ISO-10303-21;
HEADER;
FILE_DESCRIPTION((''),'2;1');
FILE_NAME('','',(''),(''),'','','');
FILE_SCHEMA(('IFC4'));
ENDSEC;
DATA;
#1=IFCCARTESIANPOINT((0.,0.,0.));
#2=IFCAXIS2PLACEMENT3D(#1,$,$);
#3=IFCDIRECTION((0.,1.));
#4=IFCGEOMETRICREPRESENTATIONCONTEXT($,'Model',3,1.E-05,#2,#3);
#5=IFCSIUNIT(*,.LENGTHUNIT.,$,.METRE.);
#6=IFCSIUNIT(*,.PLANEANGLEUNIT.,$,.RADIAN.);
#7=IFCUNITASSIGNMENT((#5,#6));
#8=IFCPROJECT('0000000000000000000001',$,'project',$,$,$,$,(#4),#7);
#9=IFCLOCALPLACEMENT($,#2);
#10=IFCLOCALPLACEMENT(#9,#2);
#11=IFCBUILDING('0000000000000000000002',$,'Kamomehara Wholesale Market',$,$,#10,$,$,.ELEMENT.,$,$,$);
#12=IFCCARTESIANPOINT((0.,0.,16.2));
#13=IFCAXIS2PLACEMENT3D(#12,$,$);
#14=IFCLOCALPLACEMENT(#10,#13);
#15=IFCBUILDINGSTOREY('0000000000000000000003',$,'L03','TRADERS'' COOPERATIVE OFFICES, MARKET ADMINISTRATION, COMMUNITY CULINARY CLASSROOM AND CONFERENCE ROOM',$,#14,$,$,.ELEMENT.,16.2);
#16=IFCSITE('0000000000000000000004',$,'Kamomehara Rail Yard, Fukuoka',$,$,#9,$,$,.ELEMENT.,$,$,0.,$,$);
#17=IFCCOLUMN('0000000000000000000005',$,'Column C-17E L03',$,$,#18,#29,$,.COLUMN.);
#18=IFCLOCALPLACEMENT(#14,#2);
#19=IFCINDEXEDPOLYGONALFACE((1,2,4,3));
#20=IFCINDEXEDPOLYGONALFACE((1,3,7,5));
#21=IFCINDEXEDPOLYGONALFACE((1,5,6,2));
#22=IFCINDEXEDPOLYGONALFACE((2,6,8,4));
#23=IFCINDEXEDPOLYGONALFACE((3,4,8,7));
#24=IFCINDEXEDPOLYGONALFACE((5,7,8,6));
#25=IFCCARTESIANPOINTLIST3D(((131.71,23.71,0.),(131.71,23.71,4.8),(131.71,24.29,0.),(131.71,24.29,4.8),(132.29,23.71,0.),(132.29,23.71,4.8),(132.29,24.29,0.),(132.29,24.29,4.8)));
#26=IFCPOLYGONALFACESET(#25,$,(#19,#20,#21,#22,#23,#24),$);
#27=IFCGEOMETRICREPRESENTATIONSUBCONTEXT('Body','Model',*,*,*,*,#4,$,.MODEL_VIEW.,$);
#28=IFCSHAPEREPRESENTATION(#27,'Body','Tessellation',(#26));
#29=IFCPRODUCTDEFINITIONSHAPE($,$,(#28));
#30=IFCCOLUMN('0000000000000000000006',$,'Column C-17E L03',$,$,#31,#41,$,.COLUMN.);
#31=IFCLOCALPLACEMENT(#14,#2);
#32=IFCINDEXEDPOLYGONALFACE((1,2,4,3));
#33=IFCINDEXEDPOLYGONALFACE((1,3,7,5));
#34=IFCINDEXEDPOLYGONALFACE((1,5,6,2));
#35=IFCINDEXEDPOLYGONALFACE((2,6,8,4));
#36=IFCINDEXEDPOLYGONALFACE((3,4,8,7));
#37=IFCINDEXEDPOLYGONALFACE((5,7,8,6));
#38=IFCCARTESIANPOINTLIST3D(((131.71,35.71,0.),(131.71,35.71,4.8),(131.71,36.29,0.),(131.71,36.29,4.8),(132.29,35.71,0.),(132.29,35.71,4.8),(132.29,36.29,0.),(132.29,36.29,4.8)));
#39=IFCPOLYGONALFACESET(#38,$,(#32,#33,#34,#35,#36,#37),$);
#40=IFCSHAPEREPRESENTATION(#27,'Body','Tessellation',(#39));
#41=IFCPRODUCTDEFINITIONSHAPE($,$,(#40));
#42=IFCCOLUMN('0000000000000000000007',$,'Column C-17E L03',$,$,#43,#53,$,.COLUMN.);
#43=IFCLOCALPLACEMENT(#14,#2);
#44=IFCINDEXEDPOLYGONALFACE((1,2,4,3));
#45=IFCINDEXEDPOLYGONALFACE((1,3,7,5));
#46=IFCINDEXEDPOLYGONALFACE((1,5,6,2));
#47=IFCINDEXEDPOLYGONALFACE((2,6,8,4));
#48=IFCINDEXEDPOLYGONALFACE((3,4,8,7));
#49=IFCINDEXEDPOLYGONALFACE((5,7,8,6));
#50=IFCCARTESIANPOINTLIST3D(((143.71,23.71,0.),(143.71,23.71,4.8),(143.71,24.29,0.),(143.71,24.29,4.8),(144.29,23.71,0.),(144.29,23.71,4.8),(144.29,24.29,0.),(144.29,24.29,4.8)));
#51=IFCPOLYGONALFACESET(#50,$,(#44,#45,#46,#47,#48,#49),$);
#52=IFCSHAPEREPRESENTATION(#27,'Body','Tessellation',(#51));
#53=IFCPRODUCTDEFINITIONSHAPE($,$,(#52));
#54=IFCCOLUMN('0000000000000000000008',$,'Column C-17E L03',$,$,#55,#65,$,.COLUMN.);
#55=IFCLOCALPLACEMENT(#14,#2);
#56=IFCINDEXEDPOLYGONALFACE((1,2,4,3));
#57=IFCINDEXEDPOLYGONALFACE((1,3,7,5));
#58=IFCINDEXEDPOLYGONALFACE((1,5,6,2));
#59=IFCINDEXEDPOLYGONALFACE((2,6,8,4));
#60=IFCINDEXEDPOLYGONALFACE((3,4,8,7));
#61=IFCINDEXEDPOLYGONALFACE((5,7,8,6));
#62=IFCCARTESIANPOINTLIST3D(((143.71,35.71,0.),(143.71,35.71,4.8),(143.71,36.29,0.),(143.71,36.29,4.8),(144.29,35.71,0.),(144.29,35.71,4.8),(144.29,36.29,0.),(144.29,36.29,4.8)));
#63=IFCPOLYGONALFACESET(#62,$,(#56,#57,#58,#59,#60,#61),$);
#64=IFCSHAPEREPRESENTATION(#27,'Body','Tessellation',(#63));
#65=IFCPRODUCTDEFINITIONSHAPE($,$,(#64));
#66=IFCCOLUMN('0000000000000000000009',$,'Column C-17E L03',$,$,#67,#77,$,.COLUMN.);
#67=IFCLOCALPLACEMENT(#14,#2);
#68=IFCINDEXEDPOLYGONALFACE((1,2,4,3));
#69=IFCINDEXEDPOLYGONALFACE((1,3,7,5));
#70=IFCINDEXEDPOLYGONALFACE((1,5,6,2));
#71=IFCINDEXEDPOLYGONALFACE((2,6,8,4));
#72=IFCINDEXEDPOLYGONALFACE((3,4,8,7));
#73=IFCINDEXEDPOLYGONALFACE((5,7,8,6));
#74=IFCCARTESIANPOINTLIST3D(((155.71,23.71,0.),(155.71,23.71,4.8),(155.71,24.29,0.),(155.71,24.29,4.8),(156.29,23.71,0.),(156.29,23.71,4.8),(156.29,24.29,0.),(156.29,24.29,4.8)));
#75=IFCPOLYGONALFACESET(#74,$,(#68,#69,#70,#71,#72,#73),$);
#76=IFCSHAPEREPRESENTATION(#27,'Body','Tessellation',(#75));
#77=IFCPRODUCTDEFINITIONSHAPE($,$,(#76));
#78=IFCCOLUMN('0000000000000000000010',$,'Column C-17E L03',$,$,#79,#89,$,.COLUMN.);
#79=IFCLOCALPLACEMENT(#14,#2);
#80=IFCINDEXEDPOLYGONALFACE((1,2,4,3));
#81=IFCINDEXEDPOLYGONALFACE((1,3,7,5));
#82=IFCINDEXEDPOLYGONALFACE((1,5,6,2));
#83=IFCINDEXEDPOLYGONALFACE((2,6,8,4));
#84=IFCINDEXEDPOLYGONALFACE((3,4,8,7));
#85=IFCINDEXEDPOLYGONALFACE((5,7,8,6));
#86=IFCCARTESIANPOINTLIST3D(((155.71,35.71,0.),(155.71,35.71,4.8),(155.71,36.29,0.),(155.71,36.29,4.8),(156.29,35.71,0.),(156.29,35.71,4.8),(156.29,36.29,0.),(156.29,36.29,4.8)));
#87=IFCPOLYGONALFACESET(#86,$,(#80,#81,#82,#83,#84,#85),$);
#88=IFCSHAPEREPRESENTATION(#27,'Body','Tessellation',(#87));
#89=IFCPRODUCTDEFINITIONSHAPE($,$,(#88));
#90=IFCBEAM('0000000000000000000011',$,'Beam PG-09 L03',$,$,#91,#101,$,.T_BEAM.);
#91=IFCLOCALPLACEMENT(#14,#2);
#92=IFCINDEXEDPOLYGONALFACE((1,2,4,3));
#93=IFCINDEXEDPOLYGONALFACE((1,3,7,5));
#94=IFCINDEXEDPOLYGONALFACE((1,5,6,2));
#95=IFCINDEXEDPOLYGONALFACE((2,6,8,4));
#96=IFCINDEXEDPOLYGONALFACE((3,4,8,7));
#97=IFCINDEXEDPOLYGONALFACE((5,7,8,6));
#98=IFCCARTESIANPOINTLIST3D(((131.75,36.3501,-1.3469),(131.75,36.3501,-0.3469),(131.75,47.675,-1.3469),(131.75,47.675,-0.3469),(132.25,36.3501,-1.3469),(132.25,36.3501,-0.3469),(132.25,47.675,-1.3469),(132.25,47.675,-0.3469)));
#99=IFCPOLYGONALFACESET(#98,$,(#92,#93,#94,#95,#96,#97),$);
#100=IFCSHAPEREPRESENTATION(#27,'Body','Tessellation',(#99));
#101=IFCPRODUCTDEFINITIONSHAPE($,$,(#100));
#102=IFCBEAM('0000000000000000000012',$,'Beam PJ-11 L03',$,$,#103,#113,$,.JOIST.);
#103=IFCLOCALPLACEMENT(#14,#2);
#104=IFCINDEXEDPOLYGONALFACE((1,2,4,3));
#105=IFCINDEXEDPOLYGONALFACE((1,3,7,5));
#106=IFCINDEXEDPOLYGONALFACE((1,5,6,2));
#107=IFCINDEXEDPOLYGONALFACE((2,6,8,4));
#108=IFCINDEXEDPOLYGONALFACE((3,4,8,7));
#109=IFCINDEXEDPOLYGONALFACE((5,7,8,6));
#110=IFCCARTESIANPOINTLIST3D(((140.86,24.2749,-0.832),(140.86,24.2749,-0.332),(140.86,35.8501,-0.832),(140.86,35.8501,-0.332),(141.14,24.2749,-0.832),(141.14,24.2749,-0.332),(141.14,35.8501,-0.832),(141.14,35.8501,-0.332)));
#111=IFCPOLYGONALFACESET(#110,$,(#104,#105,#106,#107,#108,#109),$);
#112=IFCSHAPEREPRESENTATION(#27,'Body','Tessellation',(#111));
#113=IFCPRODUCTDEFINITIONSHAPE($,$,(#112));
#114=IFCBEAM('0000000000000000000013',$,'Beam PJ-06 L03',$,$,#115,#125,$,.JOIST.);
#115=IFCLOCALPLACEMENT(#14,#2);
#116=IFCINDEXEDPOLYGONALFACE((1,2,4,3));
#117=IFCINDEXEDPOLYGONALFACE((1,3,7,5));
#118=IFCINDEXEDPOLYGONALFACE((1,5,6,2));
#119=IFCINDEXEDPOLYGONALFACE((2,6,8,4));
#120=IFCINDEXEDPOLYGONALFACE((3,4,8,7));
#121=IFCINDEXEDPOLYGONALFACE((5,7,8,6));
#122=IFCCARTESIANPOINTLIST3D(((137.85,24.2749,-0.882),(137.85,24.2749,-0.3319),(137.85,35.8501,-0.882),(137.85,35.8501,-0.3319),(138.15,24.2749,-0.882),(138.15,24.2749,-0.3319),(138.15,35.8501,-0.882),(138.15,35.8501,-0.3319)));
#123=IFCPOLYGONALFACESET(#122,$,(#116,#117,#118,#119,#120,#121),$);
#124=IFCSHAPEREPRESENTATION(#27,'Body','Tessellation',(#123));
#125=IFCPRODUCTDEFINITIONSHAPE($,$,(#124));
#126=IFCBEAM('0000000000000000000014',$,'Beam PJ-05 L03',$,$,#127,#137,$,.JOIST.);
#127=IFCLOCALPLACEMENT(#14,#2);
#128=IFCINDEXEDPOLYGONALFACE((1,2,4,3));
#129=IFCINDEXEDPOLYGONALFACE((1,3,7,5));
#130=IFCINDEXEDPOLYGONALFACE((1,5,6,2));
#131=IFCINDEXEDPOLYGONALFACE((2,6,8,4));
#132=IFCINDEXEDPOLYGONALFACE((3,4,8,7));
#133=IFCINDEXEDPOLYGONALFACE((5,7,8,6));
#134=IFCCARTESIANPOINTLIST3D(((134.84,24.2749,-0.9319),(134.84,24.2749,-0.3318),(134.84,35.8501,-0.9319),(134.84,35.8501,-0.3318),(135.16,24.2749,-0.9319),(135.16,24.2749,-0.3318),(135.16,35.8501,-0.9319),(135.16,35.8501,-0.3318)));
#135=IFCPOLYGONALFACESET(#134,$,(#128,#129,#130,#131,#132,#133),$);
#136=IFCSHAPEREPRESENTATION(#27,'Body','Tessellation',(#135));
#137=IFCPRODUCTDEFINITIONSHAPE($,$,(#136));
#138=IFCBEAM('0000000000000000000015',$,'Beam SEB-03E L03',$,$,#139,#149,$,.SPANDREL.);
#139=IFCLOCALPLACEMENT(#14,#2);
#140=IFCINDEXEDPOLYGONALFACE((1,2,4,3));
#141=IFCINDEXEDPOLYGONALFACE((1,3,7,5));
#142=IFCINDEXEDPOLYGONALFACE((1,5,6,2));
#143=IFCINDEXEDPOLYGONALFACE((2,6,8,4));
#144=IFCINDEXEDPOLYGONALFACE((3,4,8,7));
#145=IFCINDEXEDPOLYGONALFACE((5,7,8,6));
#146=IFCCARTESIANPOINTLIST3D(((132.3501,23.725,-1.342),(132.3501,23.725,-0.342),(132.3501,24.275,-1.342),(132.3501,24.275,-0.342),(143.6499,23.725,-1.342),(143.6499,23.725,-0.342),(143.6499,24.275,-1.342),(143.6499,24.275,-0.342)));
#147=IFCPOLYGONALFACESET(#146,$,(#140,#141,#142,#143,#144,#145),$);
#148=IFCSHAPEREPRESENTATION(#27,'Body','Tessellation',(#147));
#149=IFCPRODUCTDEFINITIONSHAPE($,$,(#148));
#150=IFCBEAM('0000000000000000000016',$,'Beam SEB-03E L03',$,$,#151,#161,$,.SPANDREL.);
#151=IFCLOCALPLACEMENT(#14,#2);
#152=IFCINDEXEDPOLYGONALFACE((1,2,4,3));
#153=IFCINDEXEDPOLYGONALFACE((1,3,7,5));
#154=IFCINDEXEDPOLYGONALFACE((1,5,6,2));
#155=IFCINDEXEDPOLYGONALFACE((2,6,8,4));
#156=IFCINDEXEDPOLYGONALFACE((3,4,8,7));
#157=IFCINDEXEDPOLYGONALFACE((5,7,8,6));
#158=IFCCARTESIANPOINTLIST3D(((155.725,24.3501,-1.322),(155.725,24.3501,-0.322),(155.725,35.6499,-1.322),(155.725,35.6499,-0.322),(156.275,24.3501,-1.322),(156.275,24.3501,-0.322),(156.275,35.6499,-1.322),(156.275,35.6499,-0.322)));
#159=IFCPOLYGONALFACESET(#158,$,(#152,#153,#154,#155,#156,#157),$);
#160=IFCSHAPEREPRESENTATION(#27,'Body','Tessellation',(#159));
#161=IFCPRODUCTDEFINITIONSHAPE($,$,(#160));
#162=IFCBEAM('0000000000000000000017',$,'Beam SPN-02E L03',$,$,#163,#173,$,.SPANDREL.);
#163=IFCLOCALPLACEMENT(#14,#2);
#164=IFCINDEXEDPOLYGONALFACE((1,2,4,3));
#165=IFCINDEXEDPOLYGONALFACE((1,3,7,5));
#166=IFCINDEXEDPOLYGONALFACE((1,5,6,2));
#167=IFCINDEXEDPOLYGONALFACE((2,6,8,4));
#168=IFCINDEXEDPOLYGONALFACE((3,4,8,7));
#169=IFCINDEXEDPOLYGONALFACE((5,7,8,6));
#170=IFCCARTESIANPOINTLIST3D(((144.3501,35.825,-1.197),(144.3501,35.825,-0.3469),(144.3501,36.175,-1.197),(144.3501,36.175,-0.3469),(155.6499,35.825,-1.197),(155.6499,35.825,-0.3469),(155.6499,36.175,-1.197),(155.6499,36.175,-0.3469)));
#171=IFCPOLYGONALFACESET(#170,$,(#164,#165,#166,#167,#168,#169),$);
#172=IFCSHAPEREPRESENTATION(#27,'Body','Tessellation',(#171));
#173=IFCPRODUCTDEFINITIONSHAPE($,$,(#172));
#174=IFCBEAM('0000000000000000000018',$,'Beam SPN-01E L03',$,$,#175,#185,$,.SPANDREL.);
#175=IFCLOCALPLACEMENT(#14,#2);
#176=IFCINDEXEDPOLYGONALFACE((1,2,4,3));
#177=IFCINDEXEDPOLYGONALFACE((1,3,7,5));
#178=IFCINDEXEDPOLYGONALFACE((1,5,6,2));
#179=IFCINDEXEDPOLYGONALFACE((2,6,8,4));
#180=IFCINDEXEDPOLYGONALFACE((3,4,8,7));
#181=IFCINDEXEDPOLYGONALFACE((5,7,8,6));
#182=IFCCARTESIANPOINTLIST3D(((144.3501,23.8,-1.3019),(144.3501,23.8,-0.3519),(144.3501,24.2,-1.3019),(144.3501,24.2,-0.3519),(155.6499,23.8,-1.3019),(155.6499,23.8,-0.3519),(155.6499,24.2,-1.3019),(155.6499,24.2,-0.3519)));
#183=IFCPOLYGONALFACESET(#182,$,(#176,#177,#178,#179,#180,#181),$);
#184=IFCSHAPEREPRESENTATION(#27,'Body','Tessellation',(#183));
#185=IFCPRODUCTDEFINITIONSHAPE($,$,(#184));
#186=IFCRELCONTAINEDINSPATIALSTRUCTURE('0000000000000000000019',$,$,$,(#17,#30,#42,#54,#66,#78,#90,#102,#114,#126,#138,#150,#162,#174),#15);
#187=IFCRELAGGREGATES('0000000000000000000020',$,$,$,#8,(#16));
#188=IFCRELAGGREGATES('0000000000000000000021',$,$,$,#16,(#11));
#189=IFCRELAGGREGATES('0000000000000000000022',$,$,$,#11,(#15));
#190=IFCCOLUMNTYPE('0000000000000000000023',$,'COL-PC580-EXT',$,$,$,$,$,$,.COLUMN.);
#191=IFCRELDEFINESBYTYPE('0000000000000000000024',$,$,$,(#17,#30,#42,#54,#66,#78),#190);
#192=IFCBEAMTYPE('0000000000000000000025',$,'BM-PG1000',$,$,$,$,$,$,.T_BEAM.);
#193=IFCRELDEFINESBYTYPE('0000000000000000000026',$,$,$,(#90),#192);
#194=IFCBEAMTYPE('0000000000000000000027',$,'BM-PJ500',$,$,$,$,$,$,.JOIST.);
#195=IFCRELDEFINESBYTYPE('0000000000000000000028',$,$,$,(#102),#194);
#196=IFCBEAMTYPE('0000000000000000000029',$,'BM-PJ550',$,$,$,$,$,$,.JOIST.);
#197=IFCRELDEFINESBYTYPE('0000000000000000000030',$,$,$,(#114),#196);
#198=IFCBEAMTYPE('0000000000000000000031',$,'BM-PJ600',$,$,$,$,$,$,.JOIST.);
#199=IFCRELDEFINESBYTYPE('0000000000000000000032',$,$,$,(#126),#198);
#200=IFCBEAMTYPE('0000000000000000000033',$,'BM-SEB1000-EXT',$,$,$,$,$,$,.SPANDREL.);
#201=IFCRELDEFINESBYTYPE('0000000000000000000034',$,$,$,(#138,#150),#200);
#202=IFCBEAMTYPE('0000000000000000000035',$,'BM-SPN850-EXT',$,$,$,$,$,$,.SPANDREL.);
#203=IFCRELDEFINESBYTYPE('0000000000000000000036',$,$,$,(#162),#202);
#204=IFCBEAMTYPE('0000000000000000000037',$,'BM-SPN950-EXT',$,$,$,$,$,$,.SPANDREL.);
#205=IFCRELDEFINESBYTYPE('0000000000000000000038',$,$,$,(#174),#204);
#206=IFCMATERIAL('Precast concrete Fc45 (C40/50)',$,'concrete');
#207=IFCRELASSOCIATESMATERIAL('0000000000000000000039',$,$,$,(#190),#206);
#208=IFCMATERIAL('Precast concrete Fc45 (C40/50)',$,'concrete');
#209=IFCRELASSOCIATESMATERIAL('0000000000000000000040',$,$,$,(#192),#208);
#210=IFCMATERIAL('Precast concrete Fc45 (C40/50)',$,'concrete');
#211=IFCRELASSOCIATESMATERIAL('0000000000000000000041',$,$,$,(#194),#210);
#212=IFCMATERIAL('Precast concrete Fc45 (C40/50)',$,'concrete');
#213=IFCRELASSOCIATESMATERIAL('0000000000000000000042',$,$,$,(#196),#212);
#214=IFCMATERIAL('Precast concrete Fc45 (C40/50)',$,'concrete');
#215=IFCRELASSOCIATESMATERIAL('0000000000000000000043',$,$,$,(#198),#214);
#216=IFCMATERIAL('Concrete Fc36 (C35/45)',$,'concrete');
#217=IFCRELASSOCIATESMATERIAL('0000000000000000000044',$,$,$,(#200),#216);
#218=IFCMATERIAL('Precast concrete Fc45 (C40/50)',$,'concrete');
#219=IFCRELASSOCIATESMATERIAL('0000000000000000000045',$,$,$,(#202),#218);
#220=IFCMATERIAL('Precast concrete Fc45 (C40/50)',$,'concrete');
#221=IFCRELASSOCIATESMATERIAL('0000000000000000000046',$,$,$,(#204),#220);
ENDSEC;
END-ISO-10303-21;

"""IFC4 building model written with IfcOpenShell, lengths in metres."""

from ifc_helpers import new_model, si_unit, direction, frame, origin, origin_2d, place, context, subcontext, project, spatial, rectangle, extrude, material, material_profile, profile_set, type_object, element, save


model = new_model("IFC4")

# Units and contexts
model_context = context("Model", 3, precision=1e-05, world=origin(), true_north=direction((0.0, 1.0)))
body_context = subcontext(model_context, "Body", "Model", "MODEL_VIEW")
ifc_project = project(units=[si_unit("LENGTHUNIT", "METRE"), si_unit("PLANEANGLEUNIT", "RADIAN")], contexts=[model_context])

# Site, building, storey
site_placement = place(None, origin())
site = spatial("IfcSite", under=ifc_project, at=site_placement, Name="Kamomehara Rail Yard, Fukuoka", CompositionType="ELEMENT", RefElevation=0.0)
building_placement = place(site_placement, origin())
building = spatial("IfcBuilding", under=site, at=building_placement, Name="Kamomehara Wholesale Market", CompositionType="ELEMENT")
storey_placement = place(building_placement, frame((0.0, 0.0, 16.2)))
storey = spatial("IfcBuildingStorey", under=building, at=storey_placement, Name="L03", Description="TRADERS' COOPERATIVE OFFICES, MARKET ADMINISTRATION, COMMUNITY CULINARY CLASSROOM AND CONFERENCE ROOM", CompositionType="ELEMENT", Elevation=16.2)

# Columns
ifc_material_1 = material(Name="Precast concrete Fc45 (C40/50)", Category="concrete")
ifc_material_profile_1 = material_profile(ifc_material_1, rectangle(XDim=0.5801, YDim=0.5801, at=origin_2d()), Name="PC-COL-580x580")
ifc_profile_set_1 = profile_set([ifc_material_profile_1], Name="Precast concrete Fc45 (C40/50)")
column_type = type_object("IfcColumnType", Name="COL-PC580-EXT", PredefinedType="COLUMN", material=ifc_profile_set_1)
for number, where, z_axis, x_axis, name in (
    (1, (132.0, 24.0, 0.0), (0.0, 0.0, 1.0), (1.0, 0.0, 0.0), "Column C-17E L03"),
    (2, (132.0, 36.0, 0.0), (0.0, 0.0, 1.0), (1.0, 0.0, 0.0), "Column C-17E L03"),
    (3, (144.0, 24.0, 0.0), (0.0, 0.0, 1.0), (1.0, 0.0, 0.0), "Column C-17E L03"),
    (4, (144.0, 36.0, 0.0), (0.0, 0.0, 1.0), (1.0, 0.0, 0.0), "Column C-17E L03"),
    (5, (156.0, 24.0, 0.0), (0.0, 0.0, 1.0), (1.0, 0.0, 0.0), "Column C-17E L03"),
    (6, (156.0, 36.0, 0.0), (0.0, 0.0, 1.0), (1.0, 0.0, 0.0), "Column C-17E L03"),
):
    element("IfcColumn", number, at=place(storey_placement, frame(where, z_axis=z_axis, x_axis=x_axis)), inside=storey, type_object=column_type, Name=name, PredefinedType="COLUMN", context=body_context, shape_type="SweptSolid", body=[
        extrude(rectangle(XDim=0.5801, YDim=0.5801, at=origin_2d()), origin(), (0.0, 0.0, 1.0), 4.8),
    ])

# Beams
ifc_material_2 = material(Name="Precast concrete Fc45 (C40/50)", Category="concrete")
ifc_material_profile_2 = material_profile(ifc_material_2, rectangle(XDim=0.5, YDim=1.0, at=origin_2d()), Name="PC-GRD-500x1000")
ifc_profile_set_2 = profile_set([ifc_material_profile_2], Name="Precast concrete Fc45 (C40/50)")
beam_type_1 = type_object("IfcBeamType", Name="BM-PG1000", PredefinedType="T_BEAM", material=ifc_profile_set_2)
beam_1_placement = place(storey_placement, frame((132.0, 36.3501, -0.8469), z_axis=(0.0, 1.0, 0.0), x_axis=(-1.0, 0.0, 0.0)))
element("IfcBeam", 7, at=beam_1_placement, inside=storey, type_object=beam_type_1, Name="Beam PG-09 L03", PredefinedType="T_BEAM", context=body_context, shape_type="SweptSolid", body=[
    extrude(rectangle(XDim=0.5, YDim=1.0, at=origin_2d()), origin(), (0.0, 0.0, 1.0), 11.325),
])
ifc_material_3 = material(Name="Precast concrete Fc45 (C40/50)", Category="concrete")
ifc_material_profile_3 = material_profile(ifc_material_3, rectangle(XDim=0.28, YDim=0.5, at=origin_2d()), Name="PC-JST-280x500")
ifc_profile_set_3 = profile_set([ifc_material_profile_3], Name="Precast concrete Fc45 (C40/50)")
beam_type_2 = type_object("IfcBeamType", Name="BM-PJ500", PredefinedType="JOIST", material=ifc_profile_set_3)
beam_2_placement = place(storey_placement, frame((141.0, 24.2749, -0.582), z_axis=(0.0, 1.0, 0.0), x_axis=(-1.0, 0.0, 0.0)))
element("IfcBeam", 8, at=beam_2_placement, inside=storey, type_object=beam_type_2, Name="Beam PJ-11 L03", PredefinedType="JOIST", context=body_context, shape_type="SweptSolid", body=[
    extrude(rectangle(XDim=0.28, YDim=0.5, at=origin_2d()), origin(), (0.0, 0.0, 1.0), 11.5752),
])
ifc_material_4 = material(Name="Precast concrete Fc45 (C40/50)", Category="concrete")
ifc_material_profile_4 = material_profile(ifc_material_4, rectangle(XDim=0.3, YDim=0.55, at=origin_2d()), Name="PC-JST-300x550")
ifc_profile_set_4 = profile_set([ifc_material_profile_4], Name="Precast concrete Fc45 (C40/50)")
beam_type_3 = type_object("IfcBeamType", Name="BM-PJ550", PredefinedType="JOIST", material=ifc_profile_set_4)
beam_3_placement = place(storey_placement, frame((138.0, 24.2749, -0.6069), z_axis=(0.0, 1.0, 0.0), x_axis=(-1.0, 0.0, 0.0)))
element("IfcBeam", 9, at=beam_3_placement, inside=storey, type_object=beam_type_3, Name="Beam PJ-06 L03", PredefinedType="JOIST", context=body_context, shape_type="SweptSolid", body=[
    extrude(rectangle(XDim=0.3, YDim=0.55, at=origin_2d()), origin(), (0.0, 0.0, 1.0), 11.5752),
])
ifc_material_5 = material(Name="Precast concrete Fc45 (C40/50)", Category="concrete")
ifc_material_profile_5 = material_profile(ifc_material_5, rectangle(XDim=0.3201, YDim=0.6001, at=origin_2d()), Name="PC-JST-320x600")
ifc_profile_set_5 = profile_set([ifc_material_profile_5], Name="Precast concrete Fc45 (C40/50)")
beam_type_4 = type_object("IfcBeamType", Name="BM-PJ600", PredefinedType="JOIST", material=ifc_profile_set_5)
beam_4_placement = place(storey_placement, frame((135.0, 24.2749, -0.6318), z_axis=(0.0, 1.0, 0.0), x_axis=(-1.0, 0.0, 0.0)))
element("IfcBeam", 10, at=beam_4_placement, inside=storey, type_object=beam_type_4, Name="Beam PJ-05 L03", PredefinedType="JOIST", context=body_context, shape_type="SweptSolid", body=[
    extrude(rectangle(XDim=0.3201, YDim=0.6001, at=origin_2d()), origin(), (0.0, 0.0, 1.0), 11.5752),
])
ifc_material_6 = material(Name="Concrete Fc36 (C35/45)", Category="concrete")
ifc_material_profile_6 = material_profile(ifc_material_6, rectangle(XDim=0.55, YDim=1.0, at=origin_2d()), Name="RC-SEB-550x1000")
ifc_profile_set_6 = profile_set([ifc_material_profile_6], Name="Concrete Fc36 (C35/45)")
beam_type_5 = type_object("IfcBeamType", Name="BM-SEB1000-EXT", PredefinedType="SPANDREL", material=ifc_profile_set_6)
for number, where, z_axis, x_axis, name in (
    (11, (132.3501, 24.0, -0.842), (1.0, 0.0, 0.0), (0.0, 1.0, 0.0), "Beam SEB-03E L03"),
    (12, (156.0, 24.3501, -0.822), (0.0, 1.0, 0.0), (-1.0, 0.0, 0.0), "Beam SEB-03E L03"),
):
    element("IfcBeam", number, at=place(storey_placement, frame(where, z_axis=z_axis, x_axis=x_axis)), inside=storey, type_object=beam_type_5, Name=name, PredefinedType="SPANDREL", context=body_context, shape_type="SweptSolid", body=[
        extrude(rectangle(XDim=0.55, YDim=1.0, at=origin_2d()), origin(), (0.0, 0.0, 1.0), 11.2998),
    ])
ifc_material_7 = material(Name="Precast concrete Fc45 (C40/50)", Category="concrete")
ifc_material_profile_7 = material_profile(ifc_material_7, rectangle(XDim=0.3501, YDim=0.8501, at=origin_2d()), Name="PC-SPN-350x850")
ifc_profile_set_7 = profile_set([ifc_material_profile_7], Name="Precast concrete Fc45 (C40/50)")
beam_type_6 = type_object("IfcBeamType", Name="BM-SPN850-EXT", PredefinedType="SPANDREL", material=ifc_profile_set_7)
beam_5_placement = place(storey_placement, frame((144.3501, 36.0, -0.772), z_axis=(1.0, 0.0, 0.0), x_axis=(0.0, 1.0, 0.0)))
element("IfcBeam", 13, at=beam_5_placement, inside=storey, type_object=beam_type_6, Name="Beam SPN-02E L03", PredefinedType="SPANDREL", context=body_context, shape_type="SweptSolid", body=[
    extrude(rectangle(XDim=0.3501, YDim=0.8501, at=origin_2d()), origin(), (0.0, 0.0, 1.0), 11.2998),
])
ifc_material_8 = material(Name="Precast concrete Fc45 (C40/50)", Category="concrete")
ifc_material_profile_8 = material_profile(ifc_material_8, rectangle(XDim=0.3999, YDim=0.95, at=origin_2d()), Name="PC-SPN-400x950")
ifc_profile_set_8 = profile_set([ifc_material_profile_8], Name="Precast concrete Fc45 (C40/50)")
beam_type_7 = type_object("IfcBeamType", Name="BM-SPN950-EXT", PredefinedType="SPANDREL", material=ifc_profile_set_8)
beam_6_placement = place(storey_placement, frame((144.3501, 24.0, -0.8269), z_axis=(1.0, 0.0, 0.0), x_axis=(0.0, 1.0, 0.0)))
element("IfcBeam", 14, at=beam_6_placement, inside=storey, type_object=beam_type_7, Name="Beam SPN-01E L03", PredefinedType="SPANDREL", context=body_context, shape_type="SweptSolid", body=[
    extrude(rectangle(XDim=0.3999, YDim=0.95, at=origin_2d()), origin(), (0.0, 0.0, 1.0), 11.2998),
])

save(model, "model.ifc")
